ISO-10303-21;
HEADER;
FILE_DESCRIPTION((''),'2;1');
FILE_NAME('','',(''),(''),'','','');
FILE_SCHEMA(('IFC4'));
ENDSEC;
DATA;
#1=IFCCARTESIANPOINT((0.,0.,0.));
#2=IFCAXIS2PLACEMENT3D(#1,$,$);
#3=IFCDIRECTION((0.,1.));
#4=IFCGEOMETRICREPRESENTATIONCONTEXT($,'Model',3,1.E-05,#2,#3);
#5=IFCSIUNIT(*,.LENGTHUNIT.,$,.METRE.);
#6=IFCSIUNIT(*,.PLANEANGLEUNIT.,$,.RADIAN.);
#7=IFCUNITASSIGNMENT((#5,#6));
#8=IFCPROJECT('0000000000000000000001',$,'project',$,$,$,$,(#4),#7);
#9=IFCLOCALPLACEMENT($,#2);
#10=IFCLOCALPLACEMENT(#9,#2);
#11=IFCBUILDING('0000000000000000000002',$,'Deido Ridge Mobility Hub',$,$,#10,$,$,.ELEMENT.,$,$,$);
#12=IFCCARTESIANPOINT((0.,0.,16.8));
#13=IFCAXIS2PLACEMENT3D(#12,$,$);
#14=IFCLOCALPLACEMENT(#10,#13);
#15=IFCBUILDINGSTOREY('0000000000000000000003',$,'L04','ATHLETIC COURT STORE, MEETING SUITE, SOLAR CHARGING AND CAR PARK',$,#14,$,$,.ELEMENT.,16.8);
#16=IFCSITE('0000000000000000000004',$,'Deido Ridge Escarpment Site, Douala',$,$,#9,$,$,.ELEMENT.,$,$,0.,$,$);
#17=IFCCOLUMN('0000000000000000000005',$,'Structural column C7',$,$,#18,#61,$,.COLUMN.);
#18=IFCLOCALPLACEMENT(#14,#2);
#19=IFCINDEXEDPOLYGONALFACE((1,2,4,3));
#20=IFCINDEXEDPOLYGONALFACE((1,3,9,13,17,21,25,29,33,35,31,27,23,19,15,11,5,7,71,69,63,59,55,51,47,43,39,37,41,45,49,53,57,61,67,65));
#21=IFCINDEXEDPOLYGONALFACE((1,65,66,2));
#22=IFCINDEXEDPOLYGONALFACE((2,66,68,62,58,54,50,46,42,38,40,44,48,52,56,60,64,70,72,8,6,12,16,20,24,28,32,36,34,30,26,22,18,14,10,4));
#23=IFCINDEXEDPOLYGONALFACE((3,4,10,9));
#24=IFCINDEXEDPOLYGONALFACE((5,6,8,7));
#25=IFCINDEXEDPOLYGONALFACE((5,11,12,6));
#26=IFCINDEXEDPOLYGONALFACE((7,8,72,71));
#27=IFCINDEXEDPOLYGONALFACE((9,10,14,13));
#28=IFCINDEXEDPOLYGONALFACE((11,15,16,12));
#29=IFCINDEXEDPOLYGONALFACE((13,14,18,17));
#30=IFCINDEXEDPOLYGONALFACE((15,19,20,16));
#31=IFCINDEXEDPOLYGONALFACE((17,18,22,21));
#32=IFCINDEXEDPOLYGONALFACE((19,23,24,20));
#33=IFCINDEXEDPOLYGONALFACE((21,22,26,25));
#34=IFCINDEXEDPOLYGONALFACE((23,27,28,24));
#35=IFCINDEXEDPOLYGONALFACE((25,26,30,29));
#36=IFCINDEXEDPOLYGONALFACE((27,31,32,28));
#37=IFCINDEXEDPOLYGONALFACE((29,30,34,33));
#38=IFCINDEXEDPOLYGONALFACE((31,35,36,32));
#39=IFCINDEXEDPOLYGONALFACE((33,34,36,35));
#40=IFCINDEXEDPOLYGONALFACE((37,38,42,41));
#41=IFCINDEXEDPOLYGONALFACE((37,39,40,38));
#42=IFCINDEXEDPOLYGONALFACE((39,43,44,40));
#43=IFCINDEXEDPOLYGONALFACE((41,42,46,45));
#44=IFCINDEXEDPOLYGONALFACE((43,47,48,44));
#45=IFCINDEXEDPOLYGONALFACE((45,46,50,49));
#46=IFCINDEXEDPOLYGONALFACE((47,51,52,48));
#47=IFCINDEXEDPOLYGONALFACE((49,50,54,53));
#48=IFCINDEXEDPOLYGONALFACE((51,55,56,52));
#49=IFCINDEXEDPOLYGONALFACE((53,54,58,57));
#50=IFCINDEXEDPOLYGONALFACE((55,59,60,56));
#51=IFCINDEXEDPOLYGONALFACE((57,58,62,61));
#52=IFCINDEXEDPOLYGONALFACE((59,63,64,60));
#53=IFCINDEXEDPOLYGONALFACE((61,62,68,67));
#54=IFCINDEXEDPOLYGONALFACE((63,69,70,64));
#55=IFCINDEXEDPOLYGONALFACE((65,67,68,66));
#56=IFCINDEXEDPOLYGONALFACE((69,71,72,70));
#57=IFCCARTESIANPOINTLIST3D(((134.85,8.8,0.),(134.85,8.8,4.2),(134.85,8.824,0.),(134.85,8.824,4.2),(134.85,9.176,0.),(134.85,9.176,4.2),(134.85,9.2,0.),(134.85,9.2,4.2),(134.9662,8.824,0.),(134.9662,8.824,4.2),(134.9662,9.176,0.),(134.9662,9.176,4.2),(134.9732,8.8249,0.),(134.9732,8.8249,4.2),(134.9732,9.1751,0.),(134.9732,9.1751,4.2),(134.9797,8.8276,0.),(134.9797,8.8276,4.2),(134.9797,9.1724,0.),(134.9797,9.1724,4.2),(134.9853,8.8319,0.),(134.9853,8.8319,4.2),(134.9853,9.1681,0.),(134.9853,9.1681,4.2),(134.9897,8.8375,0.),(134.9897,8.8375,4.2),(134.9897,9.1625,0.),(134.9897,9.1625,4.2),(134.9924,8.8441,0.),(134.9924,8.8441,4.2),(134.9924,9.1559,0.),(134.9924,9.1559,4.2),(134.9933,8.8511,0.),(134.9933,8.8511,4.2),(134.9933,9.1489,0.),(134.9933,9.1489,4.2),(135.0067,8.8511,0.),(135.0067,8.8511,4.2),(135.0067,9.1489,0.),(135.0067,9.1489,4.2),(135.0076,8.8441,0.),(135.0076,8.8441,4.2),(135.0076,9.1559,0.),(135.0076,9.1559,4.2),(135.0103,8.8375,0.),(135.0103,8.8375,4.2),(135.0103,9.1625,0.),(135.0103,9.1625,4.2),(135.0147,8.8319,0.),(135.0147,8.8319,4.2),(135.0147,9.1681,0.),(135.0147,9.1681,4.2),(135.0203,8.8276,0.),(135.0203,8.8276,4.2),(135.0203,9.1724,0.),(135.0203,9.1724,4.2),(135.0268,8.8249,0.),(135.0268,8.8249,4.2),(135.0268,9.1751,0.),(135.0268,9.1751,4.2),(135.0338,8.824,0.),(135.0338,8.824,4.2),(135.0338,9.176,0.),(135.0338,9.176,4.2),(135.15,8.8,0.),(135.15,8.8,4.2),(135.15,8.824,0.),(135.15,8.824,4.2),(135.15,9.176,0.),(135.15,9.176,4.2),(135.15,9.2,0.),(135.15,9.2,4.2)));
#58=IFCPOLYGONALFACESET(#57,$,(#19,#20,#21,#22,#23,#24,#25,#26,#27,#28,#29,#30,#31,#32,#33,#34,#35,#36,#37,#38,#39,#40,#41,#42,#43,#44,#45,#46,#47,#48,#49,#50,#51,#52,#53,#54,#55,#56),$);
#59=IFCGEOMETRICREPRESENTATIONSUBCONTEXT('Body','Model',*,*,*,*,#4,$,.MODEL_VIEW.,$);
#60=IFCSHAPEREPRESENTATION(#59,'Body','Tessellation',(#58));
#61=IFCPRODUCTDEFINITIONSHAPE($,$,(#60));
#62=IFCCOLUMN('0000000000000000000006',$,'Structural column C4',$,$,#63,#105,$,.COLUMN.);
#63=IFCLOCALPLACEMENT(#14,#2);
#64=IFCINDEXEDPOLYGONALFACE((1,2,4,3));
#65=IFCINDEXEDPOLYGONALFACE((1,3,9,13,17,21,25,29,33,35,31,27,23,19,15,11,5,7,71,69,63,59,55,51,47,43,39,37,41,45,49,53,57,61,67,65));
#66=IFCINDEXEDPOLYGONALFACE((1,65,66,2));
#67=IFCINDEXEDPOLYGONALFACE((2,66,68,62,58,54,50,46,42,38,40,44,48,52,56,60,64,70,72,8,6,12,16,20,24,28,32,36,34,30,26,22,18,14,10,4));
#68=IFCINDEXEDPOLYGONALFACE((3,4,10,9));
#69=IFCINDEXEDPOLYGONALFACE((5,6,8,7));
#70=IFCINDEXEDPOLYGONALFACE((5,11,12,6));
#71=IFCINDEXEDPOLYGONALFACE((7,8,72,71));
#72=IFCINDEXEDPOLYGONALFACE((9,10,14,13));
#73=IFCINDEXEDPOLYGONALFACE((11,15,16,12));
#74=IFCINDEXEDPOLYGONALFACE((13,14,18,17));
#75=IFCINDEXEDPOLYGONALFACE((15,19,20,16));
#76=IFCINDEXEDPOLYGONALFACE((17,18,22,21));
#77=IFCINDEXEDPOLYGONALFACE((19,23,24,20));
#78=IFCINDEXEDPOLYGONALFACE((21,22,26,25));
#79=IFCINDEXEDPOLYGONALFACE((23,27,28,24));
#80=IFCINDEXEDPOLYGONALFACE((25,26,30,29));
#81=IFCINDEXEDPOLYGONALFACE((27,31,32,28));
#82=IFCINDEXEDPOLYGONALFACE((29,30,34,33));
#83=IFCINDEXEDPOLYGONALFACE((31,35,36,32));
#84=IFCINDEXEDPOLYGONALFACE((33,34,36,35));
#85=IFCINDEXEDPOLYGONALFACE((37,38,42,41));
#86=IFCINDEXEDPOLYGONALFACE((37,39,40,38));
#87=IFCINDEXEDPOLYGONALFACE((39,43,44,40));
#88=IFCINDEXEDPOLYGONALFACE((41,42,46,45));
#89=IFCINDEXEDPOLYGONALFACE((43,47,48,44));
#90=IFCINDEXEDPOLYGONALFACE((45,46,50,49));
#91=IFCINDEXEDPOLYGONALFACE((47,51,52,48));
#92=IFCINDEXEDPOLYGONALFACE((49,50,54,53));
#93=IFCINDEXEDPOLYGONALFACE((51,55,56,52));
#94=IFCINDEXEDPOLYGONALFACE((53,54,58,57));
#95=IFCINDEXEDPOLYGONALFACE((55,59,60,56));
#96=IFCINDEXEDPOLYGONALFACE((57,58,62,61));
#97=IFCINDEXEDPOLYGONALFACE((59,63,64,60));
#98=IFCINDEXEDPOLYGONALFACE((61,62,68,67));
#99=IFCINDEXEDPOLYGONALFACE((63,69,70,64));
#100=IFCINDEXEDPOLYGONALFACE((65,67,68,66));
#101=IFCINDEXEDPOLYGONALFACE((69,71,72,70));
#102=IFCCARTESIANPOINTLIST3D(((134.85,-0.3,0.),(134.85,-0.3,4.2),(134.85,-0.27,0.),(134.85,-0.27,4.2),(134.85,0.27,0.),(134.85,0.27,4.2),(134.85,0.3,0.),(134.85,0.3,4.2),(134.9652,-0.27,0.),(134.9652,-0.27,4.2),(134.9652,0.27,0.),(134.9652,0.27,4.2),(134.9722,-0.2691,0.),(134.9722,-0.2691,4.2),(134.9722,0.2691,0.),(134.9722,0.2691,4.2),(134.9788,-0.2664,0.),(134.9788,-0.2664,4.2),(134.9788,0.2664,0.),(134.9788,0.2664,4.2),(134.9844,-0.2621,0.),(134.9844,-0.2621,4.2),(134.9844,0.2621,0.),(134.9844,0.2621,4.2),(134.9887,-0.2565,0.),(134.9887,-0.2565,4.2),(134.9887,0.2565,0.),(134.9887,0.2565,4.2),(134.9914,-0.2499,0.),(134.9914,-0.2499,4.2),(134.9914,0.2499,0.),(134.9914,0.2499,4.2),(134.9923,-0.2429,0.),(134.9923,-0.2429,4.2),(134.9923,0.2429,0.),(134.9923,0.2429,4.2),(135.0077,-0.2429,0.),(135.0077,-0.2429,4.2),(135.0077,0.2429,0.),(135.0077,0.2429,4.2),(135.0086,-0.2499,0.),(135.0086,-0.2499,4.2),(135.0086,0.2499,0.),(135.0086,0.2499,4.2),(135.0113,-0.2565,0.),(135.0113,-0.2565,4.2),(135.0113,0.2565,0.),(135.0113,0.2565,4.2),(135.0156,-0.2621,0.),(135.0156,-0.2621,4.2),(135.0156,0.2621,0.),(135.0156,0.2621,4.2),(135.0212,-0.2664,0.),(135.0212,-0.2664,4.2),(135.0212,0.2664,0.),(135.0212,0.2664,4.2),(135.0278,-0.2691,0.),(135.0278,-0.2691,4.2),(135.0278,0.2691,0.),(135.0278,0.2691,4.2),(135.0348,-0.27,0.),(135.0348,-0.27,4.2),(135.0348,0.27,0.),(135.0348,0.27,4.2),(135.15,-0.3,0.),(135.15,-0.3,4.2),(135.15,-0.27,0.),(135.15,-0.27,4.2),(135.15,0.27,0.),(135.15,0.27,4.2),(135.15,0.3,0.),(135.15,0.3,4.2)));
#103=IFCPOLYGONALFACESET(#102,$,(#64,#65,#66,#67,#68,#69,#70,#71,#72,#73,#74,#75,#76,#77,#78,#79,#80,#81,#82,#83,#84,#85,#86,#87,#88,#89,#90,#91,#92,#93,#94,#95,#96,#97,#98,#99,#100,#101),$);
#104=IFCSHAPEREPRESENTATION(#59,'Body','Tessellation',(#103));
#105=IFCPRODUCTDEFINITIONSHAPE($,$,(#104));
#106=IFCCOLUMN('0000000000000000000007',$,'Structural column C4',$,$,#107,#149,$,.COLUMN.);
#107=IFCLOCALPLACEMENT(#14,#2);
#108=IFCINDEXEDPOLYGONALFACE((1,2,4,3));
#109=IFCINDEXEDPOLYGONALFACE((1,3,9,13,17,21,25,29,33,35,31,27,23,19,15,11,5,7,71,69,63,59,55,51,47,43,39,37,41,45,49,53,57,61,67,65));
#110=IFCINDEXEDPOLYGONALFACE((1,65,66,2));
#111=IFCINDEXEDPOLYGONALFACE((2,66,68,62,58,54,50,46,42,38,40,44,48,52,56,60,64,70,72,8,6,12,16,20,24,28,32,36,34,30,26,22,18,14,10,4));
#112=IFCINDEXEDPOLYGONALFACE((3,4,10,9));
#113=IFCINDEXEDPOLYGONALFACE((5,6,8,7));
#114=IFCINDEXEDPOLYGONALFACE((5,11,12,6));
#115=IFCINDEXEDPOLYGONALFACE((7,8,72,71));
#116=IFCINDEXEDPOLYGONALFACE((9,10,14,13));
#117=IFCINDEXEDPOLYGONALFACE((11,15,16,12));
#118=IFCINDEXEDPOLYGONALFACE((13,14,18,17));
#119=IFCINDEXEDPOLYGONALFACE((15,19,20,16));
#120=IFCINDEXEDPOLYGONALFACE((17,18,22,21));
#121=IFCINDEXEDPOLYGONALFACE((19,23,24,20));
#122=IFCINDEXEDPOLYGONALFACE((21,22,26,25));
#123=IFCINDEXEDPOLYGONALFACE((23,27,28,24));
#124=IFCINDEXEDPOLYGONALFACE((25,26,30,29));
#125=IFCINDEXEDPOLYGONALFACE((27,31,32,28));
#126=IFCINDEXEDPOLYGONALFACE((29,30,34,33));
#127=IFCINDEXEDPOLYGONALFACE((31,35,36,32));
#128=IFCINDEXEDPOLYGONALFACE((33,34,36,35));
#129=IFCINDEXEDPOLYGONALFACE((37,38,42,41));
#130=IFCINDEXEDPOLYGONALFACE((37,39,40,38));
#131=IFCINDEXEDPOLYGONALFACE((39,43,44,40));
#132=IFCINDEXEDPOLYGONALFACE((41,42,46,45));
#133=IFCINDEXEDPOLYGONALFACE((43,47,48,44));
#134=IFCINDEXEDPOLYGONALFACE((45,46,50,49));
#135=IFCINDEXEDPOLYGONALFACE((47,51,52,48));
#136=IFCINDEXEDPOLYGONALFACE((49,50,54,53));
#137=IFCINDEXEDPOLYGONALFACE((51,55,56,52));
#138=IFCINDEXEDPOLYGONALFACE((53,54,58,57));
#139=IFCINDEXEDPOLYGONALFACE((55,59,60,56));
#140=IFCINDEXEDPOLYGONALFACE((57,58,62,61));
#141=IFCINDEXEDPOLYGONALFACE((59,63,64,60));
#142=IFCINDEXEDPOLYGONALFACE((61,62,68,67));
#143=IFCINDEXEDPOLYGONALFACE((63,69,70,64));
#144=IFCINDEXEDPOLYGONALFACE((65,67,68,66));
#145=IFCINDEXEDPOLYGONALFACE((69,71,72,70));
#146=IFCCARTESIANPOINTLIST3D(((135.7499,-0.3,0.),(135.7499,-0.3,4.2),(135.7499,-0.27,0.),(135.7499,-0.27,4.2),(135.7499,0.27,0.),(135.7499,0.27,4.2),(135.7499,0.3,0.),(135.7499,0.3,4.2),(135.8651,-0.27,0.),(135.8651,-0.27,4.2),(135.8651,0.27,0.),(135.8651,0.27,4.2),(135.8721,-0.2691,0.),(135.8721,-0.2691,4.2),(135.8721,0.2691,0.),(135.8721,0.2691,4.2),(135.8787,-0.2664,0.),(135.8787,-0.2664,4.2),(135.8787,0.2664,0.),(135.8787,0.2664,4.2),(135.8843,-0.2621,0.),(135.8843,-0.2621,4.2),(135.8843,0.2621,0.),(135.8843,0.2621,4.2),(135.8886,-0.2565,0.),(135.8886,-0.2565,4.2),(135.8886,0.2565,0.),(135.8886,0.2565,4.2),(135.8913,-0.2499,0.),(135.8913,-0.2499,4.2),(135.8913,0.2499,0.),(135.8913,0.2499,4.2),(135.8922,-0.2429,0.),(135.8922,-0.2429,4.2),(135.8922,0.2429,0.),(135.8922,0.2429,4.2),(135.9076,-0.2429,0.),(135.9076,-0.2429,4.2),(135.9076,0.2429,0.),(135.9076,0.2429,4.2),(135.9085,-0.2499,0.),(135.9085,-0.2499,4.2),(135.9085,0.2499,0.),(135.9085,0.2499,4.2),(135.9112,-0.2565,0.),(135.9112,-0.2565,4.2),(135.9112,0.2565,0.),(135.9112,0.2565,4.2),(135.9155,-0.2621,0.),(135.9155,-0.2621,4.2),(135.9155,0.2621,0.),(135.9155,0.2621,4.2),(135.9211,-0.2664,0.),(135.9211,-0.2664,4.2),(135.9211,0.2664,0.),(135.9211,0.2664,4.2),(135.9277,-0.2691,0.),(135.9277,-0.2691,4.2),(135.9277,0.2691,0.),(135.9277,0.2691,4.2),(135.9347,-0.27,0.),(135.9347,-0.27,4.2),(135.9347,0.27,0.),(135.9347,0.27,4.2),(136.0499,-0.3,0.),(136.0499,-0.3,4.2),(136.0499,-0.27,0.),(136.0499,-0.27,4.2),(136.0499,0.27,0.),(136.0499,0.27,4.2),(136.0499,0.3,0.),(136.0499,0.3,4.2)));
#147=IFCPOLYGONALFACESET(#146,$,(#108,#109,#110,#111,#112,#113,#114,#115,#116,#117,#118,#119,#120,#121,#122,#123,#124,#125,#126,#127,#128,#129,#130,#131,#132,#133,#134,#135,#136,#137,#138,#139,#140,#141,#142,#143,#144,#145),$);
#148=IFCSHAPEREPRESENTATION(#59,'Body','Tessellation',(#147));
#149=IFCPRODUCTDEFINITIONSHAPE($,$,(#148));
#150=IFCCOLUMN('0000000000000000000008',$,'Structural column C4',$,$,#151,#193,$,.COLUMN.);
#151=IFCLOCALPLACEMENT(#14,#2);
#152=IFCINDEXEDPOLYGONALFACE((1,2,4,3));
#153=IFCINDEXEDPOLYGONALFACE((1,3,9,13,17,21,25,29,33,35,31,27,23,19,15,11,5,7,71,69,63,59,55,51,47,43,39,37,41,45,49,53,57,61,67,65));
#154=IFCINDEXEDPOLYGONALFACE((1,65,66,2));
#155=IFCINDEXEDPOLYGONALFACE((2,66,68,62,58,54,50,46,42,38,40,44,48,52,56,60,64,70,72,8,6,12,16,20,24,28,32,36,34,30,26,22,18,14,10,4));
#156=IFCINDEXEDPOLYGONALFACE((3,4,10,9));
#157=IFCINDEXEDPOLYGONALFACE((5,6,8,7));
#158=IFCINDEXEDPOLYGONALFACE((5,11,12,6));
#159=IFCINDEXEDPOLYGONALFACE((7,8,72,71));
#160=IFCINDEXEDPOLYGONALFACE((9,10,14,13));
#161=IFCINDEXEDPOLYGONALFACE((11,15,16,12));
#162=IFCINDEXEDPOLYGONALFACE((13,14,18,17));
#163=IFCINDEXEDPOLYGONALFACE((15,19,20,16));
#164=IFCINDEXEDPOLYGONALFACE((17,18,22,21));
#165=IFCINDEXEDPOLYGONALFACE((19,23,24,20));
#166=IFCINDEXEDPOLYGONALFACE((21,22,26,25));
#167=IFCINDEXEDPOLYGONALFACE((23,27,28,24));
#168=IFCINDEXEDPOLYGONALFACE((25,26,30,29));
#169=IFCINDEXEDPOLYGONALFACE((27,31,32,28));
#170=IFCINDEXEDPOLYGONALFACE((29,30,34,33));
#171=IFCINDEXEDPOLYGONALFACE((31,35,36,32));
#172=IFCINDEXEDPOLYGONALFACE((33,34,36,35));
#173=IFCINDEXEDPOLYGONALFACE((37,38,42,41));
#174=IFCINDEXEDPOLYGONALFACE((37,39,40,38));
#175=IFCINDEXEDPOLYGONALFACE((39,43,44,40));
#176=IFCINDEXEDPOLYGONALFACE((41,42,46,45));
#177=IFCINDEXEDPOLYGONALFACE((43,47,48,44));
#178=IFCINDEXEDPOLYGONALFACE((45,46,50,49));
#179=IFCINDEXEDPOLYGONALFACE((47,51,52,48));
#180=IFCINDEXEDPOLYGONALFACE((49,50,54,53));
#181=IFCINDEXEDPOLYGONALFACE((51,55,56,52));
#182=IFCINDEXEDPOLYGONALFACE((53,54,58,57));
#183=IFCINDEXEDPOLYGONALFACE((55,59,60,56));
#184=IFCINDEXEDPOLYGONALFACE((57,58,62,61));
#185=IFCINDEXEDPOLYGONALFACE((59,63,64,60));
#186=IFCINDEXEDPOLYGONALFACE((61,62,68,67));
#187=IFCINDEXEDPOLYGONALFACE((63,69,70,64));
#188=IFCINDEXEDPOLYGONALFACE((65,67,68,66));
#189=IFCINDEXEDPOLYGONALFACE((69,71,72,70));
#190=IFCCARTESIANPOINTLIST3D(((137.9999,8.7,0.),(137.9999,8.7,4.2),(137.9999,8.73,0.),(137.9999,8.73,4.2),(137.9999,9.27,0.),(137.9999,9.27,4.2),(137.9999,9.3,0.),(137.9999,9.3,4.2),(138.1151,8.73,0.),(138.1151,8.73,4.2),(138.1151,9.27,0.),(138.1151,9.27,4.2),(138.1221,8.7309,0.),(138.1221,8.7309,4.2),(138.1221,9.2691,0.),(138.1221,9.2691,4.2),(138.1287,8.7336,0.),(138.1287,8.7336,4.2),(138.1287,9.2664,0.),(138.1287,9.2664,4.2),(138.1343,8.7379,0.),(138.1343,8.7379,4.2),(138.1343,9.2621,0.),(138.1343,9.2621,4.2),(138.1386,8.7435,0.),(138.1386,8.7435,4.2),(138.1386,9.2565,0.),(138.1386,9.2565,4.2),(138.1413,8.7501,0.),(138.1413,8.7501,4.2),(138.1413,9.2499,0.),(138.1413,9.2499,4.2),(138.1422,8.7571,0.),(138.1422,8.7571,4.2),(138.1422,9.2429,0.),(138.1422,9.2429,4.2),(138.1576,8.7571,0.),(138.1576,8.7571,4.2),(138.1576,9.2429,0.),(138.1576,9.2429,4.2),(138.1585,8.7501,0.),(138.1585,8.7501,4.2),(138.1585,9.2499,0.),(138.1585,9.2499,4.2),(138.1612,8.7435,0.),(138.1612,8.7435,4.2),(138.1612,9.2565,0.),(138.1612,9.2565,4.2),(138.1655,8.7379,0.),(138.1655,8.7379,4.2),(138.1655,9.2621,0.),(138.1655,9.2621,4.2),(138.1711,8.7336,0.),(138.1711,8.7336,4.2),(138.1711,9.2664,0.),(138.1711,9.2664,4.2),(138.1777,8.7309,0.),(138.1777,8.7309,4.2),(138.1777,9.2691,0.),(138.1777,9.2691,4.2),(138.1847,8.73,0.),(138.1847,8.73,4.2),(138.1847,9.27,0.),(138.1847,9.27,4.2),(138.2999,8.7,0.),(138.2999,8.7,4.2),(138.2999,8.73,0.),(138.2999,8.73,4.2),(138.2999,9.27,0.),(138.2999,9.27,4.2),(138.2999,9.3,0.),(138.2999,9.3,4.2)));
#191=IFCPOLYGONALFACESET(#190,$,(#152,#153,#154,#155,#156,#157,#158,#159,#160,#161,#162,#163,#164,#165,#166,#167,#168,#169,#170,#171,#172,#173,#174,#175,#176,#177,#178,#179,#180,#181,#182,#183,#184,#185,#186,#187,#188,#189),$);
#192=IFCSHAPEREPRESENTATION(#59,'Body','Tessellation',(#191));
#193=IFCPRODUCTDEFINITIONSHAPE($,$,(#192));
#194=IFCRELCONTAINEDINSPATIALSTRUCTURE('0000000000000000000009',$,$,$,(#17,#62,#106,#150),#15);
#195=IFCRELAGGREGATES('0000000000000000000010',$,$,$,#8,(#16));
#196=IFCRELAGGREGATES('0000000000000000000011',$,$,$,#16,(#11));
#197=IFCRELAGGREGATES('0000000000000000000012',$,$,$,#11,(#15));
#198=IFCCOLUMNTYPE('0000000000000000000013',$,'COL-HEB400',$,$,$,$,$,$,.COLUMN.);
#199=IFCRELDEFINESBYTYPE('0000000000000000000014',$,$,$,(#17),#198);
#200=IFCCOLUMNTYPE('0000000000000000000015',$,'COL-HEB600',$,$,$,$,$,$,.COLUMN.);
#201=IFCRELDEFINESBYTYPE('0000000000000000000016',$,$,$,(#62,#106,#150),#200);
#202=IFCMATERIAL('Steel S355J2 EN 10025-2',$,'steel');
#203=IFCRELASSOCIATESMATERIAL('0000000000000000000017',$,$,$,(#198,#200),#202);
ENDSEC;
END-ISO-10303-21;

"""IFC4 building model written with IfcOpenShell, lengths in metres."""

from ifc_helpers import new_model, si_unit, direction, frame, origin, origin_2d, place, context, subcontext, project, spatial, i_section, extrude, material, material_profile, profile_set, type_object, element, save


model = new_model("IFC4")

# Units and contexts
model_context = context("Model", 3, precision=1e-05, world=origin(), true_north=direction((0.0, 1.0)))
body_context = subcontext(model_context, "Body", "Model", "MODEL_VIEW")
ifc_project = project(units=[si_unit("LENGTHUNIT", "METRE"), si_unit("PLANEANGLEUNIT", "RADIAN")], contexts=[model_context])

# Site, building, storey
site_placement = place(None, origin())
site = spatial("IfcSite", under=ifc_project, at=site_placement, Name="Deido Ridge Escarpment Site, Douala", CompositionType="ELEMENT", RefElevation=0.0)
building_placement = place(site_placement, origin())
building = spatial("IfcBuilding", under=site, at=building_placement, Name="Deido Ridge Mobility Hub", CompositionType="ELEMENT")
storey_placement = place(building_placement, frame((0.0, 0.0, 16.8)))
storey = spatial("IfcBuildingStorey", under=building, at=storey_placement, Name="L04", Description="ATHLETIC COURT STORE, MEETING SUITE, SOLAR CHARGING AND CAR PARK", CompositionType="ELEMENT", Elevation=16.8)

# Columns
ifc_material_1 = material(Name="Steel S355J2 EN 10025-2", Category="steel")
ifc_material_profile_1 = material_profile(ifc_material_1, i_section(OverallWidth=0.3, OverallDepth=0.3999, WebThickness=0.0134, FlangeThickness=0.0239, FilletRadius=0.0271, at=origin_2d()), Name="HEB 400")
ifc_profile_set_1 = profile_set([ifc_material_profile_1], Name="Steel S355J2 EN 10025-2")
column_type_1 = type_object("IfcColumnType", Name="COL-HEB400", PredefinedType="COLUMN", material=ifc_profile_set_1)
column_placement = place(storey_placement, frame((135.0, 9.0, 0.0), z_axis=(0.0, 0.0, 1.0), x_axis=(1.0, 0.0, 0.0)))
element("IfcColumn", 1, at=column_placement, inside=storey, type_object=column_type_1, Name="Structural column C7", PredefinedType="COLUMN", context=body_context, shape_type="SweptSolid", body=[
    extrude(i_section(OverallWidth=0.3, OverallDepth=0.3999, WebThickness=0.0134, FlangeThickness=0.0239, FilletRadius=0.0271, at=origin_2d()), origin(), (0.0, 0.0, 1.0), 4.2),
])
ifc_material_profile_2 = material_profile(ifc_material_1, i_section(OverallWidth=0.3, OverallDepth=0.6001, WebThickness=0.0154, FlangeThickness=0.03, FilletRadius=0.0271, at=origin_2d()), Name="HEB 600")
ifc_profile_set_2 = profile_set([ifc_material_profile_2], Name="Steel S355J2 EN 10025-2")
column_type_2 = type_object("IfcColumnType", Name="COL-HEB600", PredefinedType="COLUMN", material=ifc_profile_set_2)
for number, where, z_axis, x_axis, name in (
    (2, (135.0, 0.0, 0.0), (0.0, 0.0, 1.0), (1.0, 0.0, 0.0), "Structural column C4"),
    (3, (135.8999, 0.0, 0.0), (0.0, 0.0, 1.0), (1.0, 0.0, 0.0), "Structural column C4"),
    (4, (138.1499, 9.0, 0.0), (0.0, 0.0, 1.0), (1.0, 0.0, 0.0), "Structural column C4"),
):
    element("IfcColumn", number, at=place(storey_placement, frame(where, z_axis=z_axis, x_axis=x_axis)), inside=storey, type_object=column_type_2, Name=name, PredefinedType="COLUMN", context=body_context, shape_type="SweptSolid", body=[
        extrude(i_section(OverallWidth=0.3, OverallDepth=0.6001, WebThickness=0.0154, FlangeThickness=0.03, FilletRadius=0.0271, at=origin_2d()), origin(), (0.0, 0.0, 1.0), 4.2),
    ])

save(model, "model.ifc")
